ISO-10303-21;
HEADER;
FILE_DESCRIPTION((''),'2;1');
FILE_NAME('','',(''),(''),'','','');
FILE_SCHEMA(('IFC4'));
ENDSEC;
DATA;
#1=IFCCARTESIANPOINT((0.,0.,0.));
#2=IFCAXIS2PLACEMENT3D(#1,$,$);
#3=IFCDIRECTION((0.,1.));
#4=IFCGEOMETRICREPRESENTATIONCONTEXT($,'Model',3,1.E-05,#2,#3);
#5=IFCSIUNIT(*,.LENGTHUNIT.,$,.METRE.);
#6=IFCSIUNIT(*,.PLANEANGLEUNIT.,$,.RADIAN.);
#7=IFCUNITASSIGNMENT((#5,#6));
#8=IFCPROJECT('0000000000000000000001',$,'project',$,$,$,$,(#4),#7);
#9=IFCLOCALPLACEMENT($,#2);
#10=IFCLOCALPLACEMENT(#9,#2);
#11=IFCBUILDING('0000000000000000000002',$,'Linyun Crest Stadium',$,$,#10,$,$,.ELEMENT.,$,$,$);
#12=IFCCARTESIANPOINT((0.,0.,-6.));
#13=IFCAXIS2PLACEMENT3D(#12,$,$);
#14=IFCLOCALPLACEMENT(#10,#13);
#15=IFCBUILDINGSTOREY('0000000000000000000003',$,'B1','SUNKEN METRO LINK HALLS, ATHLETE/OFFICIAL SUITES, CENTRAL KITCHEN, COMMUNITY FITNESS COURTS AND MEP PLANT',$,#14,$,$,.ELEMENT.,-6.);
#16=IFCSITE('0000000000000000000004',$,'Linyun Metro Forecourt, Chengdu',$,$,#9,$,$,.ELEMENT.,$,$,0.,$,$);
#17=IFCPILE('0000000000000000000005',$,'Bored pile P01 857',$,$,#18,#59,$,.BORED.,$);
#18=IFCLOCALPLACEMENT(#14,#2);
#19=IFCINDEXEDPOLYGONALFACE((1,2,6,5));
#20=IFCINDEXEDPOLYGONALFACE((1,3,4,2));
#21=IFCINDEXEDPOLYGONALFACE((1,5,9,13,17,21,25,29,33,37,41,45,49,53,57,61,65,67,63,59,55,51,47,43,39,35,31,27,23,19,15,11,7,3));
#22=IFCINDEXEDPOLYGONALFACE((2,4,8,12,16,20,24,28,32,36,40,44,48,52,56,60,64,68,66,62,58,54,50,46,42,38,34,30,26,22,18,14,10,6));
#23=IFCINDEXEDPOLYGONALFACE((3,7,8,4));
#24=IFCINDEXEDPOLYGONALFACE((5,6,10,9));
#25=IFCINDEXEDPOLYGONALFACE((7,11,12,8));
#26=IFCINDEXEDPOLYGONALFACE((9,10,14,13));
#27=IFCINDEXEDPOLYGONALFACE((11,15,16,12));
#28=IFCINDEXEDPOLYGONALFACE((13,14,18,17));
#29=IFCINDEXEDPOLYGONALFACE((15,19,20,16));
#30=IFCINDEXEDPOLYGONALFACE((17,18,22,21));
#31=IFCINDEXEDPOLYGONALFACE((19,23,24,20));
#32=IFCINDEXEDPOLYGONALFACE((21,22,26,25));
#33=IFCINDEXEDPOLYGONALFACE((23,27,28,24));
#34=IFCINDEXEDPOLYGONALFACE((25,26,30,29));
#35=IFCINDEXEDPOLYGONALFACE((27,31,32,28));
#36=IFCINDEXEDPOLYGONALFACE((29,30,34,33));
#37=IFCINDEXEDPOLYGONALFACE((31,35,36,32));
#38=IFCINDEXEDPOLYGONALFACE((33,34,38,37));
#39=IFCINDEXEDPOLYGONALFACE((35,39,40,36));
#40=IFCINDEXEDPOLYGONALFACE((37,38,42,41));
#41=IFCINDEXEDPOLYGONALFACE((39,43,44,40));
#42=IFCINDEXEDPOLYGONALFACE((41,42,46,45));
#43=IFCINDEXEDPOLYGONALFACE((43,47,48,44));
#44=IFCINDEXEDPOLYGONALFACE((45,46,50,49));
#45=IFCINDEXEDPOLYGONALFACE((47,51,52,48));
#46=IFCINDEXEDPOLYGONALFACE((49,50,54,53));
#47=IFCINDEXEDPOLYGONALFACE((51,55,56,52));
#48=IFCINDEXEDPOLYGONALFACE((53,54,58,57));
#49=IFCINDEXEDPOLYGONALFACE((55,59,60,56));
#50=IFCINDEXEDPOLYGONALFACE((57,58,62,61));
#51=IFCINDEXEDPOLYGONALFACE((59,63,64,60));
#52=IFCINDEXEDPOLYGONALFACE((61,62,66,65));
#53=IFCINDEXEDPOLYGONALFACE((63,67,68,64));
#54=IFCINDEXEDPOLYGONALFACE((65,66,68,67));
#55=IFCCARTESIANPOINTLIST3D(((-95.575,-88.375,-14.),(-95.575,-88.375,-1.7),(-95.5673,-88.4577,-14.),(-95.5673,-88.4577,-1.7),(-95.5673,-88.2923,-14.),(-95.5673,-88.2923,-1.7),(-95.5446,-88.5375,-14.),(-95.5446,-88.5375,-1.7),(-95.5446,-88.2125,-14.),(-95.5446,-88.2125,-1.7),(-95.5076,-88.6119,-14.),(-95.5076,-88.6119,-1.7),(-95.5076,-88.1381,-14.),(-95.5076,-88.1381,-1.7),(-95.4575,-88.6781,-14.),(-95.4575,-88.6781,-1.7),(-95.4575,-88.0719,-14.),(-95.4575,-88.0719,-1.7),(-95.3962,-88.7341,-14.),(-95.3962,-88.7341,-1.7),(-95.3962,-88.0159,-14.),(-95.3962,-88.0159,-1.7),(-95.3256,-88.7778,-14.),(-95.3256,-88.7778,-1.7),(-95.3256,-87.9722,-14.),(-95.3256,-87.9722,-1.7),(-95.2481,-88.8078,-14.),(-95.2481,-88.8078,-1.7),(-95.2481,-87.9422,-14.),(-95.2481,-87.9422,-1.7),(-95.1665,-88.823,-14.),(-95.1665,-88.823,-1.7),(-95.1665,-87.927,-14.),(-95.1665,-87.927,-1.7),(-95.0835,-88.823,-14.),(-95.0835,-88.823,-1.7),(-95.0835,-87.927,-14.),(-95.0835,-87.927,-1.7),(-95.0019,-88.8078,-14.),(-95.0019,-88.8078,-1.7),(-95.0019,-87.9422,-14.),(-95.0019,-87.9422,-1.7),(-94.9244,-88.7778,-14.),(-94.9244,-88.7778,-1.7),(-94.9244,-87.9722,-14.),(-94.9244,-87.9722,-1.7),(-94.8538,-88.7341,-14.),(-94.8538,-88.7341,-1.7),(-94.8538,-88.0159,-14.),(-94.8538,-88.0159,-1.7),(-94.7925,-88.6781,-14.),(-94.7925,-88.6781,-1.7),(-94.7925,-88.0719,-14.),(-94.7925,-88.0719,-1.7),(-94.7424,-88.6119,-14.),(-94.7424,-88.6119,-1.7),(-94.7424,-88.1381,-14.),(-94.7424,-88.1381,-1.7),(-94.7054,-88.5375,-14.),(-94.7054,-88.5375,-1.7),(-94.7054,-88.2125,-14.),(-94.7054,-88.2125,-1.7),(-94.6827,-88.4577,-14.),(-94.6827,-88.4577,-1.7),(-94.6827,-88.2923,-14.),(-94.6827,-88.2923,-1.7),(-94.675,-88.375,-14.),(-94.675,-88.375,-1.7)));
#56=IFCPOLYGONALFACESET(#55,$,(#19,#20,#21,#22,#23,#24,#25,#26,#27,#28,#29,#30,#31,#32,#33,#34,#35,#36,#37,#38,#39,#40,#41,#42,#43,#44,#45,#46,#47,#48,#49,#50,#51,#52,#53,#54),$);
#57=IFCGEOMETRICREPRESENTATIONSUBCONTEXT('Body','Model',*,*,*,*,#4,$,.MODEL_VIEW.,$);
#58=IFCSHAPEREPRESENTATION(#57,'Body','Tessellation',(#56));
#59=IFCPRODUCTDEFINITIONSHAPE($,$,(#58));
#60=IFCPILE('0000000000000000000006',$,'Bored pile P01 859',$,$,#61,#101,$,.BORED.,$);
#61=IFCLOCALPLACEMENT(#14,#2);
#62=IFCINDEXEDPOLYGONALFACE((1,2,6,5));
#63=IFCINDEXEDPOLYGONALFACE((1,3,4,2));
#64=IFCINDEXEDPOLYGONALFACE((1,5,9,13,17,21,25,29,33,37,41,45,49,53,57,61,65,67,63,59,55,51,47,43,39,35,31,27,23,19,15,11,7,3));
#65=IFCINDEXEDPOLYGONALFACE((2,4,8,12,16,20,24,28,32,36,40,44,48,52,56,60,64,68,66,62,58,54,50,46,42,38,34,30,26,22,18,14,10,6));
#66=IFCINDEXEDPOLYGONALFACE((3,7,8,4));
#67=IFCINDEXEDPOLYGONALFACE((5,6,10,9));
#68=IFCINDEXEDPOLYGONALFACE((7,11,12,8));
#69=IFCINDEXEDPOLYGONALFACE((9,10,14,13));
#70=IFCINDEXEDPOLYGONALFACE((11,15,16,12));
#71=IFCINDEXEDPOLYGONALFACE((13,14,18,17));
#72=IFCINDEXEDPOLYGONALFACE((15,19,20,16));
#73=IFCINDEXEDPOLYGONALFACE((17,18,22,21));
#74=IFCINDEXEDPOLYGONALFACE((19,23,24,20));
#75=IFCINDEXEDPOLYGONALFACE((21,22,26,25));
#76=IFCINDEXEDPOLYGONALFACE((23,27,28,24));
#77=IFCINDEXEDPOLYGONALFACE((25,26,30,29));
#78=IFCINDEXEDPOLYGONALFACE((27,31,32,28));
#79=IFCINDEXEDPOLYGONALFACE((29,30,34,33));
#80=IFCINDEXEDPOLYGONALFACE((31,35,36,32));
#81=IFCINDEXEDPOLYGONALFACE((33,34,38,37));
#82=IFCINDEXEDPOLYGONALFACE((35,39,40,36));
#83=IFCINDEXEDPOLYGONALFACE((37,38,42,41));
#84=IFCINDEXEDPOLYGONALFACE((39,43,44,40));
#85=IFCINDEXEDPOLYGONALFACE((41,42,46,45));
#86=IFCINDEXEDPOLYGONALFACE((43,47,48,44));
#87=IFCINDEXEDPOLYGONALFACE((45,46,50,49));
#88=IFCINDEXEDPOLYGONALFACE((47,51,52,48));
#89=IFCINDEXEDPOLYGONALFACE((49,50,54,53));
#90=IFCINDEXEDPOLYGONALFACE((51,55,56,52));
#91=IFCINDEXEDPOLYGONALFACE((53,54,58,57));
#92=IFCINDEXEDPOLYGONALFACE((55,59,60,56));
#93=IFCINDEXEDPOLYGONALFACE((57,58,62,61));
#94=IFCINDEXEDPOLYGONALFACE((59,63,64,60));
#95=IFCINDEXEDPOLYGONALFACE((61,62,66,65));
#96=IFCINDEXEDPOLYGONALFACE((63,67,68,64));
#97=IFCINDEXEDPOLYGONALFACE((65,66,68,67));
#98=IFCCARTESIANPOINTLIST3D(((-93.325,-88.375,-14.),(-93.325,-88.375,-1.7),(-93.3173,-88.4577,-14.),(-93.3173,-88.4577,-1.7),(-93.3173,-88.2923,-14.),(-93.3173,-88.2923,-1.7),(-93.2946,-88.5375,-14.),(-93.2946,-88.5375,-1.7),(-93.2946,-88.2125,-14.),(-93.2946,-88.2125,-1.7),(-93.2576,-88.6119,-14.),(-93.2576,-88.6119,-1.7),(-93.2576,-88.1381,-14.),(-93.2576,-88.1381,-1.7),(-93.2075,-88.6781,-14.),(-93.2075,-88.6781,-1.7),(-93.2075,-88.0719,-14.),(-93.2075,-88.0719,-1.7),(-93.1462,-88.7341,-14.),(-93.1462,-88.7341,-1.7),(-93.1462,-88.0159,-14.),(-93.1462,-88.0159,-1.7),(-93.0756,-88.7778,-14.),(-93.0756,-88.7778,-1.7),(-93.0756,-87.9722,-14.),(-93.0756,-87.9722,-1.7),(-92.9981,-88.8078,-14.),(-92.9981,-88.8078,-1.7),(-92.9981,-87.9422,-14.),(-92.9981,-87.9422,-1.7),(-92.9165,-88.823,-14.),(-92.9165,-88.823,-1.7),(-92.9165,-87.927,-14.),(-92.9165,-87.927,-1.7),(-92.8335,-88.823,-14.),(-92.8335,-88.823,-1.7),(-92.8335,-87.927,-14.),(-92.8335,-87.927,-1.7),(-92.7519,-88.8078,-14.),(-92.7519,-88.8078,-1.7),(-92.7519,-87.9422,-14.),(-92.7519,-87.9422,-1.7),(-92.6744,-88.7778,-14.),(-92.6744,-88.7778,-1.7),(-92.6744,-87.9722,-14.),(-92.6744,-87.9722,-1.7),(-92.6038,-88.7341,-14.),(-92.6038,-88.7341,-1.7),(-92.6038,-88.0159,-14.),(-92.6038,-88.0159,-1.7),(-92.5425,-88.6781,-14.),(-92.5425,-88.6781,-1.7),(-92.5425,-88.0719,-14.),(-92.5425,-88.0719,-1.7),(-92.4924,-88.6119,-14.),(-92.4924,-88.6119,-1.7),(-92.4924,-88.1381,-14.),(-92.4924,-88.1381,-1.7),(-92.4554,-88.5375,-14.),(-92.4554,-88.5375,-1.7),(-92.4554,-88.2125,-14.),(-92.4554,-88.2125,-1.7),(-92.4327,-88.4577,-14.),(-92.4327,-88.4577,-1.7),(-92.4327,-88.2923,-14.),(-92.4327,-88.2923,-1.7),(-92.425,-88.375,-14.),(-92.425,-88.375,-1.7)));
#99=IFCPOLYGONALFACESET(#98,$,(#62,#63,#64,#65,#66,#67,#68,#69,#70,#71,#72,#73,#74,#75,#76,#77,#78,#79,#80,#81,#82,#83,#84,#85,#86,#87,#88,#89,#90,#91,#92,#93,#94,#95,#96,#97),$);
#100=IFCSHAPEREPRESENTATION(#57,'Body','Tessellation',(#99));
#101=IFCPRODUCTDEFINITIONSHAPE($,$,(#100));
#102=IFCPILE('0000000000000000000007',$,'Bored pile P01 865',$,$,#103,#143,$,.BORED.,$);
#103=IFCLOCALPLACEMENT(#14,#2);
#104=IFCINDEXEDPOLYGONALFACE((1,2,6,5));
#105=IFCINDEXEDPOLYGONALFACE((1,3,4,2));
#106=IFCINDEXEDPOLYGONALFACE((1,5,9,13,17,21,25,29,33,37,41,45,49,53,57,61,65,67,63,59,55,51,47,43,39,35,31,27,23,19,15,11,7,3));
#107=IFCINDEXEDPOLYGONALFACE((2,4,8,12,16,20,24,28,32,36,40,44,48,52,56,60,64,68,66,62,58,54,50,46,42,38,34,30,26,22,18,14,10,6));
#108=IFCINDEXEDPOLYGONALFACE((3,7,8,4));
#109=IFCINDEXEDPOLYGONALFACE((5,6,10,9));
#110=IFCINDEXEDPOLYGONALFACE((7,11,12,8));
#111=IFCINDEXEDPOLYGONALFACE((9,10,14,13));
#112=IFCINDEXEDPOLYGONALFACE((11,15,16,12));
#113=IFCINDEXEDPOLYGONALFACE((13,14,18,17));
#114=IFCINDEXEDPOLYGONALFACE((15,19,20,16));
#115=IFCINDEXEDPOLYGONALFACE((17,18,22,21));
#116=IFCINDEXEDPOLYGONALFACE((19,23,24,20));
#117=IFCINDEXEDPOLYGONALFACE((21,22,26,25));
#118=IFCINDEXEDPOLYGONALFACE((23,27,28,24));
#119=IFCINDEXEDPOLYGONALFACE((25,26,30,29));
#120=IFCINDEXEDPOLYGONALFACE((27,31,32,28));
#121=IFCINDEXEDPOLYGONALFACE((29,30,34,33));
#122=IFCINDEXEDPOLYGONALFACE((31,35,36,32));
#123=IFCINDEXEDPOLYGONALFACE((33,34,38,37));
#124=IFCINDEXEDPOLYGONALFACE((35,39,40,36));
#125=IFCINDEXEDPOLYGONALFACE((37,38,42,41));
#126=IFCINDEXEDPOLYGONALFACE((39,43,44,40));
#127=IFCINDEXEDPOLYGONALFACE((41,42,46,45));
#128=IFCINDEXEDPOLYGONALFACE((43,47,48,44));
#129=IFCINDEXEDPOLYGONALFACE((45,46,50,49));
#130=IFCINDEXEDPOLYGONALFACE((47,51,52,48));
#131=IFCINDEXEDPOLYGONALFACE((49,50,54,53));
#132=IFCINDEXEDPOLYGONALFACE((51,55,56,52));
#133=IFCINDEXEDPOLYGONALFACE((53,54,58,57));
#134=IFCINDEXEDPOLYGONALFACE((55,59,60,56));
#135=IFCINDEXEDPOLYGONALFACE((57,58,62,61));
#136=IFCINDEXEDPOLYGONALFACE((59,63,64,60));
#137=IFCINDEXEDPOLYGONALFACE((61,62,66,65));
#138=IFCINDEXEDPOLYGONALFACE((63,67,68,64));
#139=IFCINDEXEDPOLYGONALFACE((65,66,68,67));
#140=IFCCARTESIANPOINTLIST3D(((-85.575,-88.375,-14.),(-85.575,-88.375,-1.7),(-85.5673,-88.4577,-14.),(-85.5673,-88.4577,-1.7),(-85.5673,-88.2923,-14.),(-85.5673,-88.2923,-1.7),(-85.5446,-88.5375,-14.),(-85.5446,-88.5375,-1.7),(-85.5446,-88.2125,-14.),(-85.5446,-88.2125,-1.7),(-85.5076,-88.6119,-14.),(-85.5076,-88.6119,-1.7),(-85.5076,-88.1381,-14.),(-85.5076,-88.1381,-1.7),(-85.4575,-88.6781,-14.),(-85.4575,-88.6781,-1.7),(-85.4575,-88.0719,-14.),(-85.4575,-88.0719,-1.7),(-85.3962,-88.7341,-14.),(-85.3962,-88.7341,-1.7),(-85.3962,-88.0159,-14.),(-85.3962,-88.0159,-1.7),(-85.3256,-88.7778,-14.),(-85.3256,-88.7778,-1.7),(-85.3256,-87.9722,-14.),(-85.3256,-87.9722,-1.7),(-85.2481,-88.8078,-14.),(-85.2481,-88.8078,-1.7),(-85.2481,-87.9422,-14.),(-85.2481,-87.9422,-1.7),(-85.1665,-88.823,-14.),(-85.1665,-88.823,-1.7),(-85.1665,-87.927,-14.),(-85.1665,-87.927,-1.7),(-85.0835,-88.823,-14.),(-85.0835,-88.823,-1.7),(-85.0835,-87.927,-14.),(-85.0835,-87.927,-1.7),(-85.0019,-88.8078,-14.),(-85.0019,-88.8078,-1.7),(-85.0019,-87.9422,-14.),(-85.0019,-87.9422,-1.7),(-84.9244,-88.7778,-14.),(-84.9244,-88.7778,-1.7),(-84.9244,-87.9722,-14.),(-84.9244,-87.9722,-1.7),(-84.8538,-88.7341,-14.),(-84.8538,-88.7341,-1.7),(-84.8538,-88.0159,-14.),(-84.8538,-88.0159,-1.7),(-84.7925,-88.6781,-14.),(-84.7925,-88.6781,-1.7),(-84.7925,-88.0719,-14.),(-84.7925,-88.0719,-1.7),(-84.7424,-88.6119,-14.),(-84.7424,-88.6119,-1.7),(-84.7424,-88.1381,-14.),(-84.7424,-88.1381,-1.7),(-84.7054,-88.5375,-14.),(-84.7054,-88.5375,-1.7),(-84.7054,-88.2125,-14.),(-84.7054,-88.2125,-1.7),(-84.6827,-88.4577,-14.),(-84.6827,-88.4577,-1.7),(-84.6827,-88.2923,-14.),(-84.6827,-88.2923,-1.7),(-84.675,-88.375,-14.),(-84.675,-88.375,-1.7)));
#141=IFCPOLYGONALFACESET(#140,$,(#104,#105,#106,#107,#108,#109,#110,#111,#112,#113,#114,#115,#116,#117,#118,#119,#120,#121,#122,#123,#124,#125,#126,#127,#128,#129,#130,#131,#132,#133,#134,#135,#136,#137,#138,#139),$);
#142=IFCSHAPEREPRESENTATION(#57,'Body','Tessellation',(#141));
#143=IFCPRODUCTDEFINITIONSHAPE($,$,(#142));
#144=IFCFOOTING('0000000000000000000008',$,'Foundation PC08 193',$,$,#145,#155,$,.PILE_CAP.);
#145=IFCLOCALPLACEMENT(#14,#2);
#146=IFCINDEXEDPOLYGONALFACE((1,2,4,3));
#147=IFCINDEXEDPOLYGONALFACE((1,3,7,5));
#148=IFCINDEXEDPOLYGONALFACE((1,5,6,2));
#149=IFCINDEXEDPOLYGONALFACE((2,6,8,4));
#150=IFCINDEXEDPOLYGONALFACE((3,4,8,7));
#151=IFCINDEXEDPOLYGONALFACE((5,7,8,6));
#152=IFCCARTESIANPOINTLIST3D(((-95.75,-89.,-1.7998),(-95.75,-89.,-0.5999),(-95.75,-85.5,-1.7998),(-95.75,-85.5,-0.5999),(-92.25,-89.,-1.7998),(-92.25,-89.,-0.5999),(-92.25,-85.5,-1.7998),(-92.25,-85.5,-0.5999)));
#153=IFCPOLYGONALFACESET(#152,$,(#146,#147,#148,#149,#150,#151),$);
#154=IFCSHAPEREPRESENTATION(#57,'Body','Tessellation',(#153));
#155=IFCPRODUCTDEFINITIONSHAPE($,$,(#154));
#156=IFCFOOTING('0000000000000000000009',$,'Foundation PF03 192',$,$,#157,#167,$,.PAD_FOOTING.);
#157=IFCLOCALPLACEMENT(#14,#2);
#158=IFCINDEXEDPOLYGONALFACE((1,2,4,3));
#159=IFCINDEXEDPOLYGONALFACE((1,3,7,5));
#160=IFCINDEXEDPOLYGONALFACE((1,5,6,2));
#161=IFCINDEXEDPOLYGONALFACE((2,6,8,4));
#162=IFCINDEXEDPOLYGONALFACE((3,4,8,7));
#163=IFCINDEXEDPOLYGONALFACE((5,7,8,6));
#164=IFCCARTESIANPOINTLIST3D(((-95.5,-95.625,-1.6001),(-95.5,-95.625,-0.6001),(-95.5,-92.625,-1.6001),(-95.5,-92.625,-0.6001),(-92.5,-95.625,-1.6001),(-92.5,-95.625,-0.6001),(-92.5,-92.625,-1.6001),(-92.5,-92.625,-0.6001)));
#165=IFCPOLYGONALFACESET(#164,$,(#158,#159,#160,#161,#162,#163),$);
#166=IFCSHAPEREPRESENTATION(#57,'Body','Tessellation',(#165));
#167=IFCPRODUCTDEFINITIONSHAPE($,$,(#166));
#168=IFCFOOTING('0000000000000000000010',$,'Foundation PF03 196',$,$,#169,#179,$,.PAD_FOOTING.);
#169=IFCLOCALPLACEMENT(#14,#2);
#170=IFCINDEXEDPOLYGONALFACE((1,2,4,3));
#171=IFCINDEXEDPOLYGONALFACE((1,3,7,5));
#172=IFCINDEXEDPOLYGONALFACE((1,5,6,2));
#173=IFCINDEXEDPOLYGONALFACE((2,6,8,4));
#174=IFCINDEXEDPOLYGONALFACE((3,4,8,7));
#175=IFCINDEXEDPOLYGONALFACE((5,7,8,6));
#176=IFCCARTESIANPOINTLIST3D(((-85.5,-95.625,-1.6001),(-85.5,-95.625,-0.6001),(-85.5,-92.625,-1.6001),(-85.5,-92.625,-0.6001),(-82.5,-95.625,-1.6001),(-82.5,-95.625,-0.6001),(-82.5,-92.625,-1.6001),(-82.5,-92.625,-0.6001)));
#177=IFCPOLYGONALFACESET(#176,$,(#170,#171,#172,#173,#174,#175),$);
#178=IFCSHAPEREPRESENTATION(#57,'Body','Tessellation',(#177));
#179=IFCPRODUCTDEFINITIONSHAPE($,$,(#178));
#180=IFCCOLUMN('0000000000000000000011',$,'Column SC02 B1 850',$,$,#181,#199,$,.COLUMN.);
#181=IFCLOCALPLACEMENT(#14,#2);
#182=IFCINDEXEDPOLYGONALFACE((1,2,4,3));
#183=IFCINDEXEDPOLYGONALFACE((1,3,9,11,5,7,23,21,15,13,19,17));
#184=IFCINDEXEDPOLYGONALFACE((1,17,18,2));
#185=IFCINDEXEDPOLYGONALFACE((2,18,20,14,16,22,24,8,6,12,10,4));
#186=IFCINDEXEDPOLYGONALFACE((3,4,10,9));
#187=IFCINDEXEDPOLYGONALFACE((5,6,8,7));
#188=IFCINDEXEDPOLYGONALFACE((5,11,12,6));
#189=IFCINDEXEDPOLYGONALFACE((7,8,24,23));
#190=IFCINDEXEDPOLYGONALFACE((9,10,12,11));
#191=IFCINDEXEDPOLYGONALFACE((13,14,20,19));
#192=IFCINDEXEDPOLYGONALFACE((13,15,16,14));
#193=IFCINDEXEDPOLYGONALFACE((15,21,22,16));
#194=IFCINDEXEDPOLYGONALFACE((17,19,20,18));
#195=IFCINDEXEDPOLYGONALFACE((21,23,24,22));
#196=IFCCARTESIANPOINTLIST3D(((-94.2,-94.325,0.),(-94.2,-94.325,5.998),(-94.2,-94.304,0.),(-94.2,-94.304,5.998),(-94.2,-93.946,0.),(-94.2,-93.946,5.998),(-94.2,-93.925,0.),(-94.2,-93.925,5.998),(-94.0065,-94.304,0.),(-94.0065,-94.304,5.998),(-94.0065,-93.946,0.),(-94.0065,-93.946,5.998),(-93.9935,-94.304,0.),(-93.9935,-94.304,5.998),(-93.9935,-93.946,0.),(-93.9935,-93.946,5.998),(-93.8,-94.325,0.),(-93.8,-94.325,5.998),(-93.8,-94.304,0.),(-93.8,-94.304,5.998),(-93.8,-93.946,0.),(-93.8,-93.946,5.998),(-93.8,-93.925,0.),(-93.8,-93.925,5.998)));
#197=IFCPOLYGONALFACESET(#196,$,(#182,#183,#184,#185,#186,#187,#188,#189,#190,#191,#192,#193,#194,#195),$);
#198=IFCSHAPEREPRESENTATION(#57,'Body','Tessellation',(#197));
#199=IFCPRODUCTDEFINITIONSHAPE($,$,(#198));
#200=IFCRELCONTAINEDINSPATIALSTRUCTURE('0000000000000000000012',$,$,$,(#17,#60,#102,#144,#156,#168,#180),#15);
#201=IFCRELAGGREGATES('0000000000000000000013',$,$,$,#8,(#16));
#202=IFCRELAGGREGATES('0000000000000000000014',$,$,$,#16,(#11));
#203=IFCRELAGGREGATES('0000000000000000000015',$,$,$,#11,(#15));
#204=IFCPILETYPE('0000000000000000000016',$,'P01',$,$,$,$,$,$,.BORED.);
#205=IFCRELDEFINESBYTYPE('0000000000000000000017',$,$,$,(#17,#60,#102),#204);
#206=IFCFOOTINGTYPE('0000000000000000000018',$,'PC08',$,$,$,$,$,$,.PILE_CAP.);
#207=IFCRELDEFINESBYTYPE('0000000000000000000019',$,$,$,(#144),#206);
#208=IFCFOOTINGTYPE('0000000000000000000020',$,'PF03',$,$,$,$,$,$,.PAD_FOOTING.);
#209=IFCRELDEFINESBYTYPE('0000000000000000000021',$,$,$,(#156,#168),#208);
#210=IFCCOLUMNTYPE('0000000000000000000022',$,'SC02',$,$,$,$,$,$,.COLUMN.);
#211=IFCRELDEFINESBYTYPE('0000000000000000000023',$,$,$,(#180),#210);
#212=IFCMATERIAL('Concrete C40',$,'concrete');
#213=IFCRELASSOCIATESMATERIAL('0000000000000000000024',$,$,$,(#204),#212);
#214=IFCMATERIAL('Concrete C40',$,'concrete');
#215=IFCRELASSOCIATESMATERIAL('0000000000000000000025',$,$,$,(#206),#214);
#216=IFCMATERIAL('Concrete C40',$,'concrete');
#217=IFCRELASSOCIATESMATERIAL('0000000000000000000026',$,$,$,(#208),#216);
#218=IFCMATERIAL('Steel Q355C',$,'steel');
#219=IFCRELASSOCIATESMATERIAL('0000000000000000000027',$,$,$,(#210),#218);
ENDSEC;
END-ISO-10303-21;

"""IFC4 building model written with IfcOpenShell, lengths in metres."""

from ifc_helpers import new_model, si_unit, direction, frame, origin, origin_2d, place, context, subcontext, project, spatial, rectangle, circle, i_section, extrude, material, material_profile, profile_set, type_object, element, save


model = new_model("IFC4")

# Units and contexts
model_context = context("Model", 3, precision=1e-05, world=origin(), true_north=direction((0.0, 1.0)))
body_context = subcontext(model_context, "Body", "Model", "MODEL_VIEW")
ifc_project = project(units=[si_unit("LENGTHUNIT", "METRE"), si_unit("PLANEANGLEUNIT", "RADIAN")], contexts=[model_context])

# Site, building, storey
site_placement = place(None, origin())
site = spatial("IfcSite", under=ifc_project, at=site_placement, Name="Linyun Metro Forecourt, Chengdu", CompositionType="ELEMENT", RefElevation=0.0)
building_placement = place(site_placement, origin())
building = spatial("IfcBuilding", under=site, at=building_placement, Name="Linyun Crest Stadium", CompositionType="ELEMENT")
storey_placement = place(building_placement, frame((0.0, 0.0, -6.0)))
storey = spatial("IfcBuildingStorey", under=building, at=storey_placement, Name="B1", Description="SUNKEN METRO LINK HALLS, ATHLETE/OFFICIAL SUITES, CENTRAL KITCHEN, COMMUNITY FITNESS COURTS AND MEP PLANT", CompositionType="ELEMENT", Elevation=-6.0)

# Piles
ifc_material_1 = material(Name="Concrete C40", Category="concrete")
ifc_material_profile_1 = material_profile(ifc_material_1, circle(Radius=0.45, at=origin_2d()), Name="BORED PILE 900")
ifc_profile_set_1 = profile_set([ifc_material_profile_1], Name="Concrete C40")
pile_type = type_object("IfcPileType", Name="P01", PredefinedType="BORED", material=ifc_profile_set_1)
for number, where, z_axis, x_axis, name in (
    (1, (-95.125, -88.375, -1.7), (0.0, 0.0, -1.0), (1.0, 0.0, 0.0), "Bored pile P01 857"),
    (2, (-92.875, -88.375, -1.7), (0.0, 0.0, -1.0), (1.0, 0.0, 0.0), "Bored pile P01 859"),
    (3, (-85.125, -88.375, -1.7), (0.0, 0.0, -1.0), (1.0, 0.0, 0.0), "Bored pile P01 865"),
):
    element("IfcPile", number, at=place(storey_placement, frame(where, z_axis=z_axis, x_axis=x_axis)), inside=storey, type_object=pile_type, Name=name, PredefinedType="BORED", context=body_context, shape_type="SweptSolid", body=[
        extrude(circle(Radius=0.45, at=origin_2d()), origin(), (0.0, 0.0, 1.0), 12.3),
    ])

# Footings
ifc_material_2 = material(Name="Concrete C40", Category="concrete")
footing_type_1 = type_object("IfcFootingType", Name="PC08", PredefinedType="PILE_CAP", material=ifc_material_2)
footing_placement = place(storey_placement, frame((-94.0, -87.25, -1.7998), z_axis=(0.0, 0.0, 1.0), x_axis=(1.0, 0.0, 0.0)))
element("IfcFooting", 4, at=footing_placement, inside=storey, type_object=footing_type_1, Name="Foundation PC08 193", PredefinedType="PILE_CAP", context=body_context, shape_type="SweptSolid", body=[
    extrude(rectangle(XDim=3.5, YDim=3.5, at=origin_2d()), origin(), (0.0, 0.0, 1.0), 1.2),
])
ifc_material_3 = material(Name="Concrete C40", Category="concrete")
footing_type_2 = type_object("IfcFootingType", Name="PF03", PredefinedType="PAD_FOOTING", material=ifc_material_3)
for number, where, z_axis, x_axis, name in (
    (5, (-94.0, -94.125, -1.6001), (0.0, 0.0, 1.0), (1.0, 0.0, 0.0), "Foundation PF03 192"),
    (6, (-84.0, -94.125, -1.6001), (0.0, 0.0, 1.0), (1.0, 0.0, 0.0), "Foundation PF03 196"),
):
    element("IfcFooting", number, at=place(storey_placement, frame(where, z_axis=z_axis, x_axis=x_axis)), inside=storey, type_object=footing_type_2, Name=name, PredefinedType="PAD_FOOTING", context=body_context, shape_type="SweptSolid", body=[
        extrude(rectangle(XDim=3.0, YDim=3.0, at=origin_2d()), origin(), (0.0, 0.0, 1.0), 1.0),
    ])

# Column
ifc_material_4 = material(Name="Steel Q355C", Category="steel")
ifc_material_profile_2 = material_profile(ifc_material_4, i_section(OverallWidth=0.3999, OverallDepth=0.3999, WebThickness=0.0129, FlangeThickness=0.021, at=origin_2d()), Name="HW 400x400")
ifc_profile_set_2 = profile_set([ifc_material_profile_2], Name="Steel Q355C")
column_type_1 = type_object("IfcColumnType", Name="SC02", PredefinedType="COLUMN", material=ifc_profile_set_2)
for number, where, z_axis, x_axis, name in (
    (7, (-94.0, -94.125, 0.0), (0.0, 0.0, 1.0), (1.0, 0.0, 0.0), "Column SC02 B1 850"),
):
    element("IfcColumn", number, at=place(storey_placement, frame(where, z_axis=z_axis, x_axis=x_axis)), inside=storey, type_object=column_type_1, Name=name, PredefinedType="COLUMN", context=body_context, shape_type="SweptSolid", body=[
        extrude(i_section(OverallWidth=0.3999, OverallDepth=0.3999, WebThickness=0.0129, FlangeThickness=0.021, at=origin_2d()), origin(), (0.0, 0.0, 1.0), 5.998),
    ])

save(model, "model.ifc")
